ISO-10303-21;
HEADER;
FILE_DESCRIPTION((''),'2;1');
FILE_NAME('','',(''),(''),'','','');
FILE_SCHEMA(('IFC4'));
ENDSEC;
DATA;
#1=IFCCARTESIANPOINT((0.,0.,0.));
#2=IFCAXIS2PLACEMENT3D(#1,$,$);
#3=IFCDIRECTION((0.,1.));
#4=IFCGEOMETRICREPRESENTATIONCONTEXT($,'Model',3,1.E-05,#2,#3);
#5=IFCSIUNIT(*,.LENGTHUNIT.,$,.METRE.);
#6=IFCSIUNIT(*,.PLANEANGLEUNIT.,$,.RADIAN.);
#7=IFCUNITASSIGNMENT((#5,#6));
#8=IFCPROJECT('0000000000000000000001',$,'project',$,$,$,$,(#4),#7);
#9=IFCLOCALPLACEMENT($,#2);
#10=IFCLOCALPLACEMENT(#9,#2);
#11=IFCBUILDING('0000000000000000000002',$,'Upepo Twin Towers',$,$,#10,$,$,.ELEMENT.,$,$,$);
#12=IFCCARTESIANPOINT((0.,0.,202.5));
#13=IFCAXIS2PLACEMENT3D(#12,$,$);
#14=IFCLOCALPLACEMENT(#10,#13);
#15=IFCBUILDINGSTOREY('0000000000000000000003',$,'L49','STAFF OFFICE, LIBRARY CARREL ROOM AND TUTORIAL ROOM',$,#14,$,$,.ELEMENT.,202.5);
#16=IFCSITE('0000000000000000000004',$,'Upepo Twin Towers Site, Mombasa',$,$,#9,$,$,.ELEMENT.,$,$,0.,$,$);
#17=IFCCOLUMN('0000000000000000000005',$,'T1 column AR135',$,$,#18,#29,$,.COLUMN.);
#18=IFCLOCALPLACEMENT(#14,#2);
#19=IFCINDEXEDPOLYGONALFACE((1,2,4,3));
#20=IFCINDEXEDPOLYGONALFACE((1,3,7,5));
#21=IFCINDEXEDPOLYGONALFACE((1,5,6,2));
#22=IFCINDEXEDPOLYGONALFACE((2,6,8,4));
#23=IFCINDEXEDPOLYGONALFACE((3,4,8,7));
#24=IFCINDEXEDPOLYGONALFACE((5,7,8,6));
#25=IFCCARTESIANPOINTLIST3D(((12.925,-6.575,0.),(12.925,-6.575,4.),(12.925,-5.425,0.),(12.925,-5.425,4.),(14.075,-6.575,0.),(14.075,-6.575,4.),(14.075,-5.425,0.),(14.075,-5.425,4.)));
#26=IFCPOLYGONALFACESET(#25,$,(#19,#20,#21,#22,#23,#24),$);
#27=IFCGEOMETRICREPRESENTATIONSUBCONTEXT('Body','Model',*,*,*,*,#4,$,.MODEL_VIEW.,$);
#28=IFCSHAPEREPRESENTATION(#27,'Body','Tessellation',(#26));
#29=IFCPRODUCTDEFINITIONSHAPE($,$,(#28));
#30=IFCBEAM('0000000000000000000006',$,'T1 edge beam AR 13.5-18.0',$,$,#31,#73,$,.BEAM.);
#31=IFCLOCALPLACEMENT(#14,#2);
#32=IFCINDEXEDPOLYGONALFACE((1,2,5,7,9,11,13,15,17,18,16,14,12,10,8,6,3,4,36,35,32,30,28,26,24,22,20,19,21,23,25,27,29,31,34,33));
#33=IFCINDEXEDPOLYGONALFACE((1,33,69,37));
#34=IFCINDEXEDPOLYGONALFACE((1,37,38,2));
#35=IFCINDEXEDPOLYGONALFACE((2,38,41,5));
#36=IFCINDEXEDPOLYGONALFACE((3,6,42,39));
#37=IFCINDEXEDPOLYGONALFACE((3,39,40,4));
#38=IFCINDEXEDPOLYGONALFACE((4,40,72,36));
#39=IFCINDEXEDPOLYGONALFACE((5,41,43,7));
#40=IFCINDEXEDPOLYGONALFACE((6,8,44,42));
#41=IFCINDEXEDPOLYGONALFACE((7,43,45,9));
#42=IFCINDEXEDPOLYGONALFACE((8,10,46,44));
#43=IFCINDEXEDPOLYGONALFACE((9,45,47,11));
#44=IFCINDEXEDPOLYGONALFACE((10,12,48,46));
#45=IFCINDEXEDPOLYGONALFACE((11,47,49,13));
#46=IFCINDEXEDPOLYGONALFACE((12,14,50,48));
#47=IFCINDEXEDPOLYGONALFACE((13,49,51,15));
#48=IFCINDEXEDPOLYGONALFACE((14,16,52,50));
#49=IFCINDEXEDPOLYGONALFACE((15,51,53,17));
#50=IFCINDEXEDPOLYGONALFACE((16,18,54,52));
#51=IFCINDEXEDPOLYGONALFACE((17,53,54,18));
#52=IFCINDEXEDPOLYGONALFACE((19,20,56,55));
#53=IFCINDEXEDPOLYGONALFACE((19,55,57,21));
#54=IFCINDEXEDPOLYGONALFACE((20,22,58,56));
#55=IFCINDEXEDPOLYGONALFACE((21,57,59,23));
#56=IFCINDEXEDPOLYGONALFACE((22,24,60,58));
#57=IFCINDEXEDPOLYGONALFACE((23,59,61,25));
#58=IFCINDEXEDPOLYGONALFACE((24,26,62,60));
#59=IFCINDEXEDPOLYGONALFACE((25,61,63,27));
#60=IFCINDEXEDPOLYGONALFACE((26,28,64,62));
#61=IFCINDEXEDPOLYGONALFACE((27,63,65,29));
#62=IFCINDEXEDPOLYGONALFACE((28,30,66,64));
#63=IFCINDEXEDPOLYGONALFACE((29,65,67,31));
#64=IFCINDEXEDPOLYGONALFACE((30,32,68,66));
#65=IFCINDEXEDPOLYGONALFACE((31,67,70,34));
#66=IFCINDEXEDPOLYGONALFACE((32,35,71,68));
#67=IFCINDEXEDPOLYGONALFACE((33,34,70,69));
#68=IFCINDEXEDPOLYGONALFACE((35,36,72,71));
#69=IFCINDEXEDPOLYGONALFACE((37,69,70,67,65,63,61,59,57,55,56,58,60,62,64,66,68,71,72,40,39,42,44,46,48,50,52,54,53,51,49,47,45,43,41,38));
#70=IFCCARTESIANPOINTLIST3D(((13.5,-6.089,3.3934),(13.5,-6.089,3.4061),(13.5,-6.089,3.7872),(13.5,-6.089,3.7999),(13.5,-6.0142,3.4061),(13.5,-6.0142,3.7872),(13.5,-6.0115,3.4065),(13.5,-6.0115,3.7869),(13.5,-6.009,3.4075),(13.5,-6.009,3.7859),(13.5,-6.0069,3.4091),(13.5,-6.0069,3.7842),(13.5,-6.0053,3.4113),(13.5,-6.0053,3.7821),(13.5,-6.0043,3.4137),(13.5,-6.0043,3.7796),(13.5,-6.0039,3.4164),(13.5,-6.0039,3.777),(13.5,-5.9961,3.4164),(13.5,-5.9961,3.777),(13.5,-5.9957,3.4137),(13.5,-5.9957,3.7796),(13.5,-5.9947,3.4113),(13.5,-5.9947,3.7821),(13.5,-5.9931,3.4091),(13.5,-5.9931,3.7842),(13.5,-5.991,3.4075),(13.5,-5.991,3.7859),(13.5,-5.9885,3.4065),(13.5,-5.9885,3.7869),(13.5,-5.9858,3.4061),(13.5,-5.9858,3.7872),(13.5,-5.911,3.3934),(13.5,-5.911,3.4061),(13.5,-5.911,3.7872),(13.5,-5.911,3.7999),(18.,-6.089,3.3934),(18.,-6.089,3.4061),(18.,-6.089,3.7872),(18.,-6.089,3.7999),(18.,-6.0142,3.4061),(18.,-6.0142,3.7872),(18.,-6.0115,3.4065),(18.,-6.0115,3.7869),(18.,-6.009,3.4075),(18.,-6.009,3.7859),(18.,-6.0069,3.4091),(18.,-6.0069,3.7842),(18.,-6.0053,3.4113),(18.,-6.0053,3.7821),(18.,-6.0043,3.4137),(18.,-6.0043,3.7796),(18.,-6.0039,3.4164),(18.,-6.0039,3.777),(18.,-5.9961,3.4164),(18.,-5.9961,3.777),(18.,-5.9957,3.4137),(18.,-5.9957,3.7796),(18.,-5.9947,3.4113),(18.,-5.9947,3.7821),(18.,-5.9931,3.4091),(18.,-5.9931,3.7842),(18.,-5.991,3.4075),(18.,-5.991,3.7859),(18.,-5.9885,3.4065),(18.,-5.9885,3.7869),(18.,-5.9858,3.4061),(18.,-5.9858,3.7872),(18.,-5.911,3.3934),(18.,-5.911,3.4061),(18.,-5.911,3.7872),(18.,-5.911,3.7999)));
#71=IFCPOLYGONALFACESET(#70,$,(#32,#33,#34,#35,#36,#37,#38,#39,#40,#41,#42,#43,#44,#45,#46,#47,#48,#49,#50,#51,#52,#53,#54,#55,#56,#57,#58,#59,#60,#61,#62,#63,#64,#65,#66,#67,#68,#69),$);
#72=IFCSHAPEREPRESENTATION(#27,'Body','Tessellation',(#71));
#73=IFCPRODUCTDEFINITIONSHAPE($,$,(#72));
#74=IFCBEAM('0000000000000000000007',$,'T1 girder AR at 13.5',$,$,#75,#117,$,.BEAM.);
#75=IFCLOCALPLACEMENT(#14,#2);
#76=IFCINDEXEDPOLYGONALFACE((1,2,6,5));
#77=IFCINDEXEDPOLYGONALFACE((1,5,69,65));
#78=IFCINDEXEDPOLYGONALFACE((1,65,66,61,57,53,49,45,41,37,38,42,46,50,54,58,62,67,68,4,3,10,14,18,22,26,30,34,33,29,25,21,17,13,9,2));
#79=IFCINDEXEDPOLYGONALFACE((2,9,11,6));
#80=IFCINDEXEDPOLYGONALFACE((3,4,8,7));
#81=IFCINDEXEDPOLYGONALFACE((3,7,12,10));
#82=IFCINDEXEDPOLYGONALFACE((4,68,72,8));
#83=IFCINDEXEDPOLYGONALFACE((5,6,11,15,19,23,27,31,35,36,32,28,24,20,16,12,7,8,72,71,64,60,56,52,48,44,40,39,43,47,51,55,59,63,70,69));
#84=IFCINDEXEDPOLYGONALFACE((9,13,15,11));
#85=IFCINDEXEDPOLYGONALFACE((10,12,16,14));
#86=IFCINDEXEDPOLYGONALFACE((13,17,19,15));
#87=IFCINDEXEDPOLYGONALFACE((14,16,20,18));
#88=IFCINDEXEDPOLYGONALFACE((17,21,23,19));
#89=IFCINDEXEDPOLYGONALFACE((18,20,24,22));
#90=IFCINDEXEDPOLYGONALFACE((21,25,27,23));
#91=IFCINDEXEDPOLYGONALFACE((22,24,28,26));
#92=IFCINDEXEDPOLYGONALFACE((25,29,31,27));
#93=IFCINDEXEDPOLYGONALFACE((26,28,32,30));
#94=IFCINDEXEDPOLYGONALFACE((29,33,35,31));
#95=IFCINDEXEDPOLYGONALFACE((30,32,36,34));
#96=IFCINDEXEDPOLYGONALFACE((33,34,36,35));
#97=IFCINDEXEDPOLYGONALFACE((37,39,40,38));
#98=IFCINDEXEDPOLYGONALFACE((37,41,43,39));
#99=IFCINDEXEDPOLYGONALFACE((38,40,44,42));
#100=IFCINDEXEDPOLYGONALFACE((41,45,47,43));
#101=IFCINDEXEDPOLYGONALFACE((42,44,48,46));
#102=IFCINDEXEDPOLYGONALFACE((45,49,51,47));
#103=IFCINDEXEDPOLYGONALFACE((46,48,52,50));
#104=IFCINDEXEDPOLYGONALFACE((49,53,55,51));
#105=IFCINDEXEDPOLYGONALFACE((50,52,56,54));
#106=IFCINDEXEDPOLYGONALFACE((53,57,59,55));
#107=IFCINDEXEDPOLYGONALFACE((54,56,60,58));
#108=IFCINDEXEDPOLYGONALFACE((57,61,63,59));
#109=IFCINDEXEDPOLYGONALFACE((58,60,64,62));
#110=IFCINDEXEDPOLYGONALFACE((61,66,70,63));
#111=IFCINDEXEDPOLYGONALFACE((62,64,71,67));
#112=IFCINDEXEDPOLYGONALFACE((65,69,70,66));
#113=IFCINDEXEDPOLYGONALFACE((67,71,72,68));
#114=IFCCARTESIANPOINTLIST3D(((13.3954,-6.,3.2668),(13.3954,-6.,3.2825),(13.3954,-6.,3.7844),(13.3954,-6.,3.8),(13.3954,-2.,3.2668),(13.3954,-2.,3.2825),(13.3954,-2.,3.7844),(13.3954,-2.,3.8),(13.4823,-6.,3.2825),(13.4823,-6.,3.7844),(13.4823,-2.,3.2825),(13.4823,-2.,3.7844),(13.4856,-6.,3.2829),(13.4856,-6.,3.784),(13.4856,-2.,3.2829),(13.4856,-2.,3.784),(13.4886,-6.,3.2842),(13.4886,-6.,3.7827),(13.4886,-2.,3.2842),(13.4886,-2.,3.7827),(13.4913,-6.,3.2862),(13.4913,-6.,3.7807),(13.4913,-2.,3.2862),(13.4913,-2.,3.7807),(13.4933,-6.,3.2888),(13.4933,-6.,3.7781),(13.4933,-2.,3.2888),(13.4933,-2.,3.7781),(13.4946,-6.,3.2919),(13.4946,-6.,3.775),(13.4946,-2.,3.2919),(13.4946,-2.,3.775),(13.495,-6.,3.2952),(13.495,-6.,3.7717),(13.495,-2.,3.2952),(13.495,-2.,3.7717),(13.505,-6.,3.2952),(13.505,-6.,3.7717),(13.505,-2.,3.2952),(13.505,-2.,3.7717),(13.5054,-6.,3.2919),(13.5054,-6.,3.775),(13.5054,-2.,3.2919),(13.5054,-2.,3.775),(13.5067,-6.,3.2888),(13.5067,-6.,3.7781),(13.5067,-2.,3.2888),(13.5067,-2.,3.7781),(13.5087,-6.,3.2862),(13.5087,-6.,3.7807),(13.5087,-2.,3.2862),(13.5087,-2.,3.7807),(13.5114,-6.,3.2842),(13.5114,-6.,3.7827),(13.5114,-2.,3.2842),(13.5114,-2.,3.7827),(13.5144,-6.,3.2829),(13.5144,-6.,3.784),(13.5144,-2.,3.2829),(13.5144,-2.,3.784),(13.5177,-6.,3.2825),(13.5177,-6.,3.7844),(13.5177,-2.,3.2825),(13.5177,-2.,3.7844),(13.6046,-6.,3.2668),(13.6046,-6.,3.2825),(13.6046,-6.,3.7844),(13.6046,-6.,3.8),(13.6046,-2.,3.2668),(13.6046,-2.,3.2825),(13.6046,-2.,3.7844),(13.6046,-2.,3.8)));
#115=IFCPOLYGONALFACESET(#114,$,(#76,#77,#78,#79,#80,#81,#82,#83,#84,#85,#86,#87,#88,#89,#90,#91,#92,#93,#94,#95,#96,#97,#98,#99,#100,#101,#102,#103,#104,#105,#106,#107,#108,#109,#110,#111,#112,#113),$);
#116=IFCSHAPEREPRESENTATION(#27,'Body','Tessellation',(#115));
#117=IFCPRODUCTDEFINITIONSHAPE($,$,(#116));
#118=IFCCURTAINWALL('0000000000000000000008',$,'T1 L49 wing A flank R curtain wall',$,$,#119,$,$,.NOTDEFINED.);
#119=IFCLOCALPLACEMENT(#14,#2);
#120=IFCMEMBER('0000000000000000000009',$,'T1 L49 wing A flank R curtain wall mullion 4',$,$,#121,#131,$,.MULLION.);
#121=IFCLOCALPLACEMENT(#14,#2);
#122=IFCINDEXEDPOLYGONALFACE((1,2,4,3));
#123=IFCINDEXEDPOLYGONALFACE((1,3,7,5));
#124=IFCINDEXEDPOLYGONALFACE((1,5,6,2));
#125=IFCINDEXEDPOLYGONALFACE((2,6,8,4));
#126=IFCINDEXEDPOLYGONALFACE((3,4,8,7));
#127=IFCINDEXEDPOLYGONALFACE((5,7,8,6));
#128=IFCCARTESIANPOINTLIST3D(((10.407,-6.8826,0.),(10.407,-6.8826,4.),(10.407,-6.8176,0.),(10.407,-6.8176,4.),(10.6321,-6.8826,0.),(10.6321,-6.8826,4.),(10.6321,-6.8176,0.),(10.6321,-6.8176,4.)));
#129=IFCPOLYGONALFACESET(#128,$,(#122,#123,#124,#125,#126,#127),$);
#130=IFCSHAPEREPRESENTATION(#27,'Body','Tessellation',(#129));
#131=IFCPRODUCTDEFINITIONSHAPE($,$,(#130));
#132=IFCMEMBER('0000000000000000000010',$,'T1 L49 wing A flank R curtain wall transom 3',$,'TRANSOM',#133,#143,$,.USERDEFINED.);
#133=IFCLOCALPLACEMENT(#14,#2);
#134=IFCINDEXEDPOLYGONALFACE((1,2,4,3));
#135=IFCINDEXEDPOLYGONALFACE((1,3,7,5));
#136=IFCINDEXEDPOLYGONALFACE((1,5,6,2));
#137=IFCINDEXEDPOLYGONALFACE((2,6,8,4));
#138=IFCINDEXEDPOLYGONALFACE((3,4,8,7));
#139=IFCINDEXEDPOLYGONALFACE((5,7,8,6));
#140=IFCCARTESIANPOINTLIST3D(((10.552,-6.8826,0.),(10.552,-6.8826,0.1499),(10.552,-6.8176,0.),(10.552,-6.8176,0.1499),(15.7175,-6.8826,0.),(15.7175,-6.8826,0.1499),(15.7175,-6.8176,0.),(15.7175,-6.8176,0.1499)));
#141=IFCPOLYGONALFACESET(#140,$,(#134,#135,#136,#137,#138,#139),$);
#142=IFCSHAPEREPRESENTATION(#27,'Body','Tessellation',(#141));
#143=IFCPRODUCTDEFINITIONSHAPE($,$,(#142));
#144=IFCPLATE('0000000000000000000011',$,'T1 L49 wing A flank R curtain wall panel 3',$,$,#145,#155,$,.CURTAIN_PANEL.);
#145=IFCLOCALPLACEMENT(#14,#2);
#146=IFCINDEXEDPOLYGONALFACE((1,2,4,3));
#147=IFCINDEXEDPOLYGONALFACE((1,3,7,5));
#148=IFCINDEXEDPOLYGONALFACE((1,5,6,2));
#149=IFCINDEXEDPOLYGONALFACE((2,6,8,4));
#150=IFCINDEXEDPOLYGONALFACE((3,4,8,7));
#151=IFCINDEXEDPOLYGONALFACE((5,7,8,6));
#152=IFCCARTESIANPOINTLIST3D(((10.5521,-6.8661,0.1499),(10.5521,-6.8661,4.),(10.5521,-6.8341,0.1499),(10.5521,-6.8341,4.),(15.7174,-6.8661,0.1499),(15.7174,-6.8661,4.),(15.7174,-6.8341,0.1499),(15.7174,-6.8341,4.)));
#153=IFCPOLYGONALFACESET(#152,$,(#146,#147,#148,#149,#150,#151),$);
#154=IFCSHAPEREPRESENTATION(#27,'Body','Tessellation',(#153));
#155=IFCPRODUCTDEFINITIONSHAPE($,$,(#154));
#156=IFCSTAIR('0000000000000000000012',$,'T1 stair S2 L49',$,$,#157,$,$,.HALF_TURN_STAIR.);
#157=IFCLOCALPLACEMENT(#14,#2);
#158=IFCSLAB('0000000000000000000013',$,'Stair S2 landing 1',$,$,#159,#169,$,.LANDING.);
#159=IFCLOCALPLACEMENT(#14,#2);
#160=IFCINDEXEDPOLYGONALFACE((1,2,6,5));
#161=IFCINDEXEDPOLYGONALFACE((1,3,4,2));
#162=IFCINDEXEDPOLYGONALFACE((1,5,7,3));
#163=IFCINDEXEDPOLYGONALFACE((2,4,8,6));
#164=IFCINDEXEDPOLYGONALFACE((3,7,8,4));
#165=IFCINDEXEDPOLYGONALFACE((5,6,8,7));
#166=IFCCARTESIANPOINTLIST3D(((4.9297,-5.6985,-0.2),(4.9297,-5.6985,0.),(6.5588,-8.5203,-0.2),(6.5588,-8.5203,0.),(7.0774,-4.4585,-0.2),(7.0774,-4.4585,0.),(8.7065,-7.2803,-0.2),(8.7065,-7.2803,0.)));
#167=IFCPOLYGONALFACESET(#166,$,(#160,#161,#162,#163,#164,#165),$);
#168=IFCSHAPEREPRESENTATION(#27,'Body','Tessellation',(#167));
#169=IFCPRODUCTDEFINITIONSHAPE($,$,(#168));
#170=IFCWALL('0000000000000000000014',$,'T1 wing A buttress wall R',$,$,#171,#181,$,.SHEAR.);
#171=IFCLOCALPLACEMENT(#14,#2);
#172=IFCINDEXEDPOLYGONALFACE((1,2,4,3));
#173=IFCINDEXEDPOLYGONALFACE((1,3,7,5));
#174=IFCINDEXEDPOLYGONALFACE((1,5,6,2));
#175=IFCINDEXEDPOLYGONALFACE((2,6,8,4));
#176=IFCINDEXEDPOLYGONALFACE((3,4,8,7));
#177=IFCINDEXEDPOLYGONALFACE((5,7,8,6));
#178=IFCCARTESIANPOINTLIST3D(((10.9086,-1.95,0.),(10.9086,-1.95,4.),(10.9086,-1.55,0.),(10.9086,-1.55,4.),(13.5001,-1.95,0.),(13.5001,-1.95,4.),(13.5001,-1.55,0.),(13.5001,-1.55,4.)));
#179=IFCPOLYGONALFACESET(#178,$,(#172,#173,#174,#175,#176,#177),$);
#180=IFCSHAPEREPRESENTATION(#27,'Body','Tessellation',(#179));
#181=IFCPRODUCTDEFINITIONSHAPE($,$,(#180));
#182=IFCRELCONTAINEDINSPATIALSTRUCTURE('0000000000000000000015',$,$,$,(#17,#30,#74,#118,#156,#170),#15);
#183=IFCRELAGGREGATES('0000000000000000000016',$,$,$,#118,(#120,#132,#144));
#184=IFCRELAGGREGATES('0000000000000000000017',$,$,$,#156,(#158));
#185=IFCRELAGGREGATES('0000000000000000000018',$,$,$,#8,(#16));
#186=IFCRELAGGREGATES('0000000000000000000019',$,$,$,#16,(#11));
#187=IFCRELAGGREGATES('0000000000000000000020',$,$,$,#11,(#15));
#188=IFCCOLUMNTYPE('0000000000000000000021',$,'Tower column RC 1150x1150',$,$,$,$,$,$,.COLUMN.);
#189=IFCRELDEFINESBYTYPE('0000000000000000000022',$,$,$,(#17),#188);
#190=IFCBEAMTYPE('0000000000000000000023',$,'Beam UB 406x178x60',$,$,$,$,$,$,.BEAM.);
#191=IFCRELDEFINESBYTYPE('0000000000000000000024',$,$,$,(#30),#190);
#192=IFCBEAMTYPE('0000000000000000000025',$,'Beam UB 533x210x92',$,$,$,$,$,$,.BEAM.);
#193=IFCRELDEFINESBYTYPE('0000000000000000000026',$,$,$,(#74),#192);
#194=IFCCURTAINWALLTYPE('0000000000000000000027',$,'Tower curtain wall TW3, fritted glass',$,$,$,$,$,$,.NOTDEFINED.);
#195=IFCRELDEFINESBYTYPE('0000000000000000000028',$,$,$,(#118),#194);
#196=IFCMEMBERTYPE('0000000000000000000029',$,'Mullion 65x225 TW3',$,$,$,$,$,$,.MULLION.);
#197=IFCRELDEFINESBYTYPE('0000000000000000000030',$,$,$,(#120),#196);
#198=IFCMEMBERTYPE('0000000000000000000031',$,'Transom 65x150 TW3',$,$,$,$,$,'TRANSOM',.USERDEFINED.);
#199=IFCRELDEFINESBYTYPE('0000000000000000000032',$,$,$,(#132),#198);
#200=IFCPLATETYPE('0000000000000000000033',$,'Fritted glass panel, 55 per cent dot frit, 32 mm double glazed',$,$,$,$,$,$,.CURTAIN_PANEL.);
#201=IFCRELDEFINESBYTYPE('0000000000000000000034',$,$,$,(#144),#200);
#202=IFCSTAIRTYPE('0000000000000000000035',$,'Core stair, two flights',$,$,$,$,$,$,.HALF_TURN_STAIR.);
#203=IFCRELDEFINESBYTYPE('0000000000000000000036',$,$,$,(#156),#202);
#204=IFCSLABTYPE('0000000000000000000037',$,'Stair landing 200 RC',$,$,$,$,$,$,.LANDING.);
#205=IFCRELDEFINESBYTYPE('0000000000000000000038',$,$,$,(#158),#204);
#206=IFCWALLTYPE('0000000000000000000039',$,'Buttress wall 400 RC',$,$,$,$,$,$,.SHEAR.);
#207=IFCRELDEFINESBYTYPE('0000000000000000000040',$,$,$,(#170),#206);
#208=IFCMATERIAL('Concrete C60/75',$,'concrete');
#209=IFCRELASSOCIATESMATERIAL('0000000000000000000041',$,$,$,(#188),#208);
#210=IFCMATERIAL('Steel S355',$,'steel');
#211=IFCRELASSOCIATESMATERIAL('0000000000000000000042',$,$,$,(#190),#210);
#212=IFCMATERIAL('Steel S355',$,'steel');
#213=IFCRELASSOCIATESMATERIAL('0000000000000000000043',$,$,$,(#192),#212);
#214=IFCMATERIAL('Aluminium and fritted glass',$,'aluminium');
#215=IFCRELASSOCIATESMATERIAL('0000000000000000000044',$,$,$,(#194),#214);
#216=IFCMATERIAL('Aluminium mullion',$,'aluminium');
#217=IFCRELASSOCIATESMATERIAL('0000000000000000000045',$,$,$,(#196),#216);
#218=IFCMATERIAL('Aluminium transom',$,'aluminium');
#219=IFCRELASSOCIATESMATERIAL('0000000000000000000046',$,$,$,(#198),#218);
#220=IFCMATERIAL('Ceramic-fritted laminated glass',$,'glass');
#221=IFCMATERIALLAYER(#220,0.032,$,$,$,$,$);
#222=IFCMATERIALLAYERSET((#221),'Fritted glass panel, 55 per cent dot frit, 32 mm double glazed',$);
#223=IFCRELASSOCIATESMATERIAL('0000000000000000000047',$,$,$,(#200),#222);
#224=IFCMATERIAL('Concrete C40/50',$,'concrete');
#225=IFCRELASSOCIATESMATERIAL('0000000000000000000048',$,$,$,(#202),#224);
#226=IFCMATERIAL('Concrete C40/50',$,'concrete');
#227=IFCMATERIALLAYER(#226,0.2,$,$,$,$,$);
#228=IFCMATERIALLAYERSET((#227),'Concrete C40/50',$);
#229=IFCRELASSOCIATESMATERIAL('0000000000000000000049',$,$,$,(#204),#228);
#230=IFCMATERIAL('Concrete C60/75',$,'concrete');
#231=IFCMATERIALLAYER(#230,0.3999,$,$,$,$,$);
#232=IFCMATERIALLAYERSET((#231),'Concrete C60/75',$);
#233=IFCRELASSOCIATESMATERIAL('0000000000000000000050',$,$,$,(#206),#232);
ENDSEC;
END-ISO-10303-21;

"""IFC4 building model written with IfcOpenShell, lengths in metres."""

from ifc_helpers import new_model, si_unit, direction, frame, frame_2d, origin, origin_2d, place, context, subcontext, project, spatial, polyline, rectangle, i_section, outline, extrude, material, layer, layer_set, material_profile, profile_set, type_object, element, aggregate, save


model = new_model("IFC4")

# Units and contexts
model_context = context("Model", 3, precision=1e-05, world=origin(), true_north=direction((0.0, 1.0)))
body_context = subcontext(model_context, "Body", "Model", "MODEL_VIEW")
ifc_project = project(units=[si_unit("LENGTHUNIT", "METRE"), si_unit("PLANEANGLEUNIT", "RADIAN")], contexts=[model_context])

# Site, building, storey
site_placement = place(None, origin())
site = spatial("IfcSite", under=ifc_project, at=site_placement, Name="Upepo Twin Towers Site, Mombasa", CompositionType="ELEMENT", RefElevation=0.0)
building_placement = place(site_placement, origin())
building = spatial("IfcBuilding", under=site, at=building_placement, Name="Upepo Twin Towers", CompositionType="ELEMENT")
storey_placement = place(building_placement, frame((0.0, 0.0, 202.5)))
storey = spatial("IfcBuildingStorey", under=building, at=storey_placement, Name="L49", Description="STAFF OFFICE, LIBRARY CARREL ROOM AND TUTORIAL ROOM", CompositionType="ELEMENT", Elevation=202.5)

# Column
ifc_material_1 = material(Name="Concrete C60/75", Category="concrete")
ifc_material_profile_1 = material_profile(ifc_material_1, rectangle(XDim=1.1499, YDim=1.1499, at=origin_2d()), Name="RC 1150x1150")
ifc_profile_set_1 = profile_set([ifc_material_profile_1], Name="Concrete C60/75")
column_type = type_object("IfcColumnType", Name="Tower column RC 1150x1150", PredefinedType="COLUMN", material=ifc_profile_set_1)
column_placement = place(storey_placement, frame((13.5, -6.0, 0.0), z_axis=(0.0, 0.0, 1.0), x_axis=(1.0, 0.0, 0.0)))
element("IfcColumn", 1, at=column_placement, inside=storey, type_object=column_type, Name="T1 column AR135", PredefinedType="COLUMN", context=body_context, shape_type="SweptSolid", body=[
    extrude(rectangle(XDim=1.1499, YDim=1.1499, at=origin_2d()), origin(), (0.0, 0.0, 1.0), 4.0),
])

# Beams
ifc_material_2 = material(Name="Steel S355", Category="steel")
ifc_material_profile_2 = material_profile(ifc_material_2, i_section(OverallWidth=0.178, OverallDepth=0.4065, WebThickness=0.0078, FlangeThickness=0.0127, FilletRadius=0.0103, at=origin_2d()), Name="UB 406x178x60")
ifc_profile_set_2 = profile_set([ifc_material_profile_2], Name="Steel S355")
beam_type_1 = type_object("IfcBeamType", Name="Beam UB 406x178x60", PredefinedType="BEAM", material=ifc_profile_set_2)
beam_1_placement = place(storey_placement, frame((13.5, -6.0, 3.5967), z_axis=(1.0, 0.0, 0.0), x_axis=(0.0, 1.0, 0.0)))
element("IfcBeam", 2, at=beam_1_placement, inside=storey, type_object=beam_type_1, Name="T1 edge beam AR 13.5-18.0", PredefinedType="BEAM", context=body_context, shape_type="SweptSolid", body=[
    extrude(i_section(OverallWidth=0.178, OverallDepth=0.4065, WebThickness=0.0078, FlangeThickness=0.0127, FilletRadius=0.0103, at=origin_2d()), origin(), (0.0, 0.0, 1.0), 4.5),
])
ifc_material_3 = material(Name="Steel S355", Category="steel")
ifc_material_profile_3 = material_profile(ifc_material_3, i_section(OverallWidth=0.2092, OverallDepth=0.5332, WebThickness=0.01, FlangeThickness=0.0156, FilletRadius=0.0127, at=origin_2d()), Name="UB 533x210x92")
ifc_profile_set_3 = profile_set([ifc_material_profile_3], Name="Steel S355")
beam_type_2 = type_object("IfcBeamType", Name="Beam UB 533x210x92", PredefinedType="BEAM", material=ifc_profile_set_3)
beam_2_placement = place(storey_placement, frame((13.5, -6.0, 3.5334), z_axis=(0.0, 1.0, 0.0), x_axis=(-1.0, 0.0, 0.0)))
element("IfcBeam", 3, at=beam_2_placement, inside=storey, type_object=beam_type_2, Name="T1 girder AR at 13.5", PredefinedType="BEAM", context=body_context, shape_type="SweptSolid", body=[
    extrude(i_section(OverallWidth=0.2092, OverallDepth=0.5332, WebThickness=0.01, FlangeThickness=0.0156, FilletRadius=0.0127, at=origin_2d()), origin(), (0.0, 0.0, 1.0), 4.0),
])

# Curtain wall, members, plate
ifc_material_4 = material(Name="Aluminium and fritted glass", Category="aluminium")
curtain_wall_type = type_object("IfcCurtainWallType", Name="Tower curtain wall TW3, fritted glass", PredefinedType="NOTDEFINED", material=ifc_material_4)
curtain_wall_placement = place(storey_placement, origin())
curtain_wall = element("IfcCurtainWall", 4, at=curtain_wall_placement, inside=storey, type_object=curtain_wall_type, Name="T1 L49 wing A flank R curtain wall", PredefinedType="NOTDEFINED")
ifc_material_5 = material(Name="Aluminium mullion", Category="aluminium")
ifc_material_profile_4 = material_profile(ifc_material_5, rectangle(XDim=0.0649, YDim=0.2251, at=origin_2d()), Name="MULLION 65x225")
ifc_profile_set_4 = profile_set([ifc_material_profile_4], Name="Aluminium mullion")
member_type_1 = type_object("IfcMemberType", Name="Mullion 65x225 TW3", PredefinedType="MULLION", material=ifc_profile_set_4)
member_1_placement = place(storey_placement, frame((10.5195, -6.8501, 0.0), z_axis=(0.0, 0.0, 1.0), x_axis=(0.0, -1.0, 0.0)))
member_1 = element("IfcMember", 5, at=member_1_placement, type_object=member_type_1, Name="T1 L49 wing A flank R curtain wall mullion 4", PredefinedType="MULLION", context=body_context, shape_type="SweptSolid", body=[
    extrude(rectangle(XDim=0.0649, YDim=0.2251, at=origin_2d()), origin(), (0.0, 0.0, 1.0), 4.0),
])
ifc_material_6 = material(Name="Aluminium transom", Category="aluminium")
ifc_material_profile_5 = material_profile(ifc_material_6, rectangle(XDim=0.0649, YDim=0.1499, at=origin_2d()), Name="TRANSOM 65x150")
ifc_profile_set_5 = profile_set([ifc_material_profile_5], Name="Aluminium transom")
member_type_2 = type_object("IfcMemberType", Name="Transom 65x150 TW3", ElementType="TRANSOM", PredefinedType="USERDEFINED", material=ifc_profile_set_5)
member_2_placement = place(storey_placement, frame((15.7175, -6.8501, 0.075), z_axis=(-1.0, 0.0, 0.0), x_axis=(0.0, -1.0, 0.0)))
member_2 = element("IfcMember", 6, at=member_2_placement, type_object=member_type_2, Name="T1 L49 wing A flank R curtain wall transom 3", ObjectType="TRANSOM", PredefinedType="USERDEFINED", context=body_context, shape_type="SweptSolid", body=[
    extrude(rectangle(XDim=0.0649, YDim=0.1499, at=origin_2d()), origin(), (0.0, 0.0, 1.0), 5.1655),
])
ifc_material_7 = material(Name="Ceramic-fritted laminated glass", Category="glass")
ifc_layer_1 = layer(ifc_material_7, 0.032)
ifc_layer_set_1 = layer_set([ifc_layer_1], Name="Fritted glass panel, 55 per cent dot frit, 32 mm double glazed")
plate_type = type_object("IfcPlateType", Name="Fritted glass panel, 55 per cent dot frit, 32 mm double glazed", PredefinedType="CURTAIN_PANEL", material=ifc_layer_set_1)
plate_placement = place(storey_placement, frame((13.1348, -6.8501, 0.1499), z_axis=(0.0, 0.0, 1.0), x_axis=(-1.0, 0.0, 0.0)))
plate = element("IfcPlate", 7, at=plate_placement, type_object=plate_type, Name="T1 L49 wing A flank R curtain wall panel 3", PredefinedType="CURTAIN_PANEL", context=body_context, shape_type="SweptSolid", body=[
    extrude(rectangle(XDim=5.1653, YDim=0.032, at=origin_2d()), origin(), (0.0, 0.0, 1.0), 3.8501),
])
aggregate(curtain_wall, [member_1, member_2, plate])

# Stair, slab
ifc_material_8 = material(Name="Concrete C40/50", Category="concrete")
stair_type = type_object("IfcStairType", Name="Core stair, two flights", PredefinedType="HALF_TURN_STAIR", material=ifc_material_8)
stair_placement = place(storey_placement, origin())
stair = element("IfcStair", 8, at=stair_placement, inside=storey, type_object=stair_type, Name="T1 stair S2 L49", PredefinedType="HALF_TURN_STAIR")
ifc_material_9 = material(Name="Concrete C40/50", Category="concrete")
ifc_layer_2 = layer(ifc_material_9, 0.2)
ifc_layer_set_2 = layer_set([ifc_layer_2], Name="Concrete C40/50")
slab_type = type_object("IfcSlabType", Name="Stair landing 200 RC", PredefinedType="LANDING", material=ifc_layer_set_2)
slab_placement = place(storey_placement, frame((0.0, 0.0, -0.2)))
slab = element("IfcSlab", 9, at=slab_placement, type_object=slab_type, Name="Stair S2 landing 1", PredefinedType="LANDING", context=body_context, shape_type="SweptSolid", body=[
    extrude(outline(polyline([(4.9297, -5.6985), (6.5588, -8.5203), (8.7065, -7.2803), (7.0774, -4.4585), (4.9297, -5.6985)])), origin(), (0.0, 0.0, 1.0), 0.2),
])

# Wall
ifc_material_10 = material(Name="Concrete C60/75", Category="concrete")
ifc_layer_3 = layer(ifc_material_10, 0.3999)
ifc_layer_set_3 = layer_set([ifc_layer_3], Name="Concrete C60/75")
wall_type_1 = type_object("IfcWallType", Name="Buttress wall 400 RC", PredefinedType="SHEAR", material=ifc_layer_set_3)
wall_1_placement = place(storey_placement, frame((10.9084, -1.75, 0.0), z_axis=(0.0, 0.0, 1.0), x_axis=(1.0, 0.0, 0.0)))
element("IfcWall", 10, at=wall_1_placement, inside=storey, type_object=wall_type_1, Name="T1 wing A buttress wall R", PredefinedType="SHEAR", context=body_context, shape_type="SweptSolid", body=[
    extrude(rectangle(XDim=2.5916, YDim=0.3999, at=frame_2d((1.2959, 0.0))), origin(), (0.0, 0.0, 1.0), 4.0),
])

aggregate(stair, [slab])

save(model, "model.ifc")
